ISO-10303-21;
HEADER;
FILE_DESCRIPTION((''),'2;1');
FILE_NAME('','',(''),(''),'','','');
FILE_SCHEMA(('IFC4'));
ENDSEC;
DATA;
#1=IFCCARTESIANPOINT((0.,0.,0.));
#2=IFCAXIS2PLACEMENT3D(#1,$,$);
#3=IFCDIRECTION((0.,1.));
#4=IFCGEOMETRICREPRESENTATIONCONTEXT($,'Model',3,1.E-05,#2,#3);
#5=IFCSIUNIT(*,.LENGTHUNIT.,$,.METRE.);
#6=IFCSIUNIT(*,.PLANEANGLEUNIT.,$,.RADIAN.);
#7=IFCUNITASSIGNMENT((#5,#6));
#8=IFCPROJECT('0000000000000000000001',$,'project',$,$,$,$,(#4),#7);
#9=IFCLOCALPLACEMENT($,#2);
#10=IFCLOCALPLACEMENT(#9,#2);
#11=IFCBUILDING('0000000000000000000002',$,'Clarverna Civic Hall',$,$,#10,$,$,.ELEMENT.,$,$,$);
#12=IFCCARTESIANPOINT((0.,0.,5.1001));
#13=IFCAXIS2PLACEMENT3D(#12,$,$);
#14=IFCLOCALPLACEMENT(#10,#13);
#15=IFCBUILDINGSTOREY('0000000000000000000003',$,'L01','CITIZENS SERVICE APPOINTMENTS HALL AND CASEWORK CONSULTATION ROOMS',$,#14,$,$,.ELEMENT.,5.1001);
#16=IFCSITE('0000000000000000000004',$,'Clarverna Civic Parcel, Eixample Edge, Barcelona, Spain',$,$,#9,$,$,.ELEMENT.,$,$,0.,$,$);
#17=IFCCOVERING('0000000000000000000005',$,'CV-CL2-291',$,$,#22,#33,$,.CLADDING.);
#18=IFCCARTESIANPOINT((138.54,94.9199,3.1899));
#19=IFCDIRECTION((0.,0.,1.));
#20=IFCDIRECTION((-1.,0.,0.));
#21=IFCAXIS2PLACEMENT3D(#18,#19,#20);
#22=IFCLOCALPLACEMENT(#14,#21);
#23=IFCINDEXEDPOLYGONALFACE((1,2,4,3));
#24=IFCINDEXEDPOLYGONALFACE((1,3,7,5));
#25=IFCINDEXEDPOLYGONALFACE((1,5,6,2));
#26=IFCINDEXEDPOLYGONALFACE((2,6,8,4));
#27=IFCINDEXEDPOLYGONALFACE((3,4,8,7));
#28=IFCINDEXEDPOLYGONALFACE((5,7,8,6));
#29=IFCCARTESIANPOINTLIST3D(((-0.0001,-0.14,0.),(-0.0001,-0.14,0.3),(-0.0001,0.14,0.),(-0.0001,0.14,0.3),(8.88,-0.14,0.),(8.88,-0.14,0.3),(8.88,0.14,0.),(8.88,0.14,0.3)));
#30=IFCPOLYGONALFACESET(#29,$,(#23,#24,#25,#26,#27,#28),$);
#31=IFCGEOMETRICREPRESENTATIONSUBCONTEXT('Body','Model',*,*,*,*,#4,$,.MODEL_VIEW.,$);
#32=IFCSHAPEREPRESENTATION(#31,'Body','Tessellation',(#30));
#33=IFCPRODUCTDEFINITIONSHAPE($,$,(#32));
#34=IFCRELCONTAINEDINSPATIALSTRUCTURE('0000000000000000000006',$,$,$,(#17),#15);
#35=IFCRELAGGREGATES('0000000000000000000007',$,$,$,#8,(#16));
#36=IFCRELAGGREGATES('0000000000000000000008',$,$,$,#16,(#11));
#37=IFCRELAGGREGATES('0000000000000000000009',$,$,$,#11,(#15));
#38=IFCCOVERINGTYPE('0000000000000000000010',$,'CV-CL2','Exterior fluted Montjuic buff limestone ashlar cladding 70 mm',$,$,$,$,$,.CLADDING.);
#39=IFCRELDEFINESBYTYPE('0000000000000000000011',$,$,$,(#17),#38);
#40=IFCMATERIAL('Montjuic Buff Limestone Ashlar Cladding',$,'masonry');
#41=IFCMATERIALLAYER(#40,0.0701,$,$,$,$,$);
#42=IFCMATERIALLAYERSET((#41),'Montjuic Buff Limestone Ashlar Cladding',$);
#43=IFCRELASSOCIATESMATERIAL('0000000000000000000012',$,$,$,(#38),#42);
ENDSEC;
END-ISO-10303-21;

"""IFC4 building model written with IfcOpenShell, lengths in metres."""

from ifc_helpers import new_model, si_unit, direction, frame, frame_2d, origin, place, context, subcontext, project, spatial, rectangle, extrude, material, layer, layer_set, type_object, element, save


model = new_model("IFC4")

# Units and contexts
model_context = context("Model", 3, precision=1e-05, world=origin(), true_north=direction((0.0, 1.0)))
body_context = subcontext(model_context, "Body", "Model", "MODEL_VIEW")
ifc_project = project(units=[si_unit("LENGTHUNIT", "METRE"), si_unit("PLANEANGLEUNIT", "RADIAN")], contexts=[model_context])

# Site, building, storey
site_placement = place(None, origin())
site = spatial("IfcSite", under=ifc_project, at=site_placement, Name="Clarverna Civic Parcel, Eixample Edge, Barcelona, Spain", CompositionType="ELEMENT", RefElevation=0.0)
building_placement = place(site_placement, origin())
building = spatial("IfcBuilding", under=site, at=building_placement, Name="Clarverna Civic Hall", CompositionType="ELEMENT")
storey_placement = place(building_placement, frame((0.0, 0.0, 5.1001)))
storey = spatial("IfcBuildingStorey", under=building, at=storey_placement, Name="L01", Description="CITIZENS SERVICE APPOINTMENTS HALL AND CASEWORK CONSULTATION ROOMS", CompositionType="ELEMENT", Elevation=5.1001)

# Covering
ifc_material_1 = material(Name="Montjuic Buff Limestone Ashlar Cladding", Category="masonry")
ifc_layer_1 = layer(ifc_material_1, 0.0701)
ifc_layer_set_1 = layer_set([ifc_layer_1], Name="Montjuic Buff Limestone Ashlar Cladding")
covering_type = type_object("IfcCoveringType", Name="CV-CL2", Description="Exterior fluted Montjuic buff limestone ashlar cladding 70 mm", PredefinedType="CLADDING", material=ifc_layer_set_1)
covering_1_placement = place(storey_placement, frame((138.54, 94.9199, 3.1899), z_axis=(0.0, 0.0, 1.0), x_axis=(-1.0, 0.0, 0.0)))
element("IfcCovering", 1, at=covering_1_placement, inside=storey, type_object=covering_type, Name="CV-CL2-291", PredefinedType="CLADDING", context=body_context, shape_type="SweptSolid", body=[
    extrude(rectangle(XDim=8.8801, YDim=0.28, at=frame_2d((4.4399, 0.0))), origin(), (0.0, 0.0, 1.0), 0.3),
])

save(model, "model.ifc")
